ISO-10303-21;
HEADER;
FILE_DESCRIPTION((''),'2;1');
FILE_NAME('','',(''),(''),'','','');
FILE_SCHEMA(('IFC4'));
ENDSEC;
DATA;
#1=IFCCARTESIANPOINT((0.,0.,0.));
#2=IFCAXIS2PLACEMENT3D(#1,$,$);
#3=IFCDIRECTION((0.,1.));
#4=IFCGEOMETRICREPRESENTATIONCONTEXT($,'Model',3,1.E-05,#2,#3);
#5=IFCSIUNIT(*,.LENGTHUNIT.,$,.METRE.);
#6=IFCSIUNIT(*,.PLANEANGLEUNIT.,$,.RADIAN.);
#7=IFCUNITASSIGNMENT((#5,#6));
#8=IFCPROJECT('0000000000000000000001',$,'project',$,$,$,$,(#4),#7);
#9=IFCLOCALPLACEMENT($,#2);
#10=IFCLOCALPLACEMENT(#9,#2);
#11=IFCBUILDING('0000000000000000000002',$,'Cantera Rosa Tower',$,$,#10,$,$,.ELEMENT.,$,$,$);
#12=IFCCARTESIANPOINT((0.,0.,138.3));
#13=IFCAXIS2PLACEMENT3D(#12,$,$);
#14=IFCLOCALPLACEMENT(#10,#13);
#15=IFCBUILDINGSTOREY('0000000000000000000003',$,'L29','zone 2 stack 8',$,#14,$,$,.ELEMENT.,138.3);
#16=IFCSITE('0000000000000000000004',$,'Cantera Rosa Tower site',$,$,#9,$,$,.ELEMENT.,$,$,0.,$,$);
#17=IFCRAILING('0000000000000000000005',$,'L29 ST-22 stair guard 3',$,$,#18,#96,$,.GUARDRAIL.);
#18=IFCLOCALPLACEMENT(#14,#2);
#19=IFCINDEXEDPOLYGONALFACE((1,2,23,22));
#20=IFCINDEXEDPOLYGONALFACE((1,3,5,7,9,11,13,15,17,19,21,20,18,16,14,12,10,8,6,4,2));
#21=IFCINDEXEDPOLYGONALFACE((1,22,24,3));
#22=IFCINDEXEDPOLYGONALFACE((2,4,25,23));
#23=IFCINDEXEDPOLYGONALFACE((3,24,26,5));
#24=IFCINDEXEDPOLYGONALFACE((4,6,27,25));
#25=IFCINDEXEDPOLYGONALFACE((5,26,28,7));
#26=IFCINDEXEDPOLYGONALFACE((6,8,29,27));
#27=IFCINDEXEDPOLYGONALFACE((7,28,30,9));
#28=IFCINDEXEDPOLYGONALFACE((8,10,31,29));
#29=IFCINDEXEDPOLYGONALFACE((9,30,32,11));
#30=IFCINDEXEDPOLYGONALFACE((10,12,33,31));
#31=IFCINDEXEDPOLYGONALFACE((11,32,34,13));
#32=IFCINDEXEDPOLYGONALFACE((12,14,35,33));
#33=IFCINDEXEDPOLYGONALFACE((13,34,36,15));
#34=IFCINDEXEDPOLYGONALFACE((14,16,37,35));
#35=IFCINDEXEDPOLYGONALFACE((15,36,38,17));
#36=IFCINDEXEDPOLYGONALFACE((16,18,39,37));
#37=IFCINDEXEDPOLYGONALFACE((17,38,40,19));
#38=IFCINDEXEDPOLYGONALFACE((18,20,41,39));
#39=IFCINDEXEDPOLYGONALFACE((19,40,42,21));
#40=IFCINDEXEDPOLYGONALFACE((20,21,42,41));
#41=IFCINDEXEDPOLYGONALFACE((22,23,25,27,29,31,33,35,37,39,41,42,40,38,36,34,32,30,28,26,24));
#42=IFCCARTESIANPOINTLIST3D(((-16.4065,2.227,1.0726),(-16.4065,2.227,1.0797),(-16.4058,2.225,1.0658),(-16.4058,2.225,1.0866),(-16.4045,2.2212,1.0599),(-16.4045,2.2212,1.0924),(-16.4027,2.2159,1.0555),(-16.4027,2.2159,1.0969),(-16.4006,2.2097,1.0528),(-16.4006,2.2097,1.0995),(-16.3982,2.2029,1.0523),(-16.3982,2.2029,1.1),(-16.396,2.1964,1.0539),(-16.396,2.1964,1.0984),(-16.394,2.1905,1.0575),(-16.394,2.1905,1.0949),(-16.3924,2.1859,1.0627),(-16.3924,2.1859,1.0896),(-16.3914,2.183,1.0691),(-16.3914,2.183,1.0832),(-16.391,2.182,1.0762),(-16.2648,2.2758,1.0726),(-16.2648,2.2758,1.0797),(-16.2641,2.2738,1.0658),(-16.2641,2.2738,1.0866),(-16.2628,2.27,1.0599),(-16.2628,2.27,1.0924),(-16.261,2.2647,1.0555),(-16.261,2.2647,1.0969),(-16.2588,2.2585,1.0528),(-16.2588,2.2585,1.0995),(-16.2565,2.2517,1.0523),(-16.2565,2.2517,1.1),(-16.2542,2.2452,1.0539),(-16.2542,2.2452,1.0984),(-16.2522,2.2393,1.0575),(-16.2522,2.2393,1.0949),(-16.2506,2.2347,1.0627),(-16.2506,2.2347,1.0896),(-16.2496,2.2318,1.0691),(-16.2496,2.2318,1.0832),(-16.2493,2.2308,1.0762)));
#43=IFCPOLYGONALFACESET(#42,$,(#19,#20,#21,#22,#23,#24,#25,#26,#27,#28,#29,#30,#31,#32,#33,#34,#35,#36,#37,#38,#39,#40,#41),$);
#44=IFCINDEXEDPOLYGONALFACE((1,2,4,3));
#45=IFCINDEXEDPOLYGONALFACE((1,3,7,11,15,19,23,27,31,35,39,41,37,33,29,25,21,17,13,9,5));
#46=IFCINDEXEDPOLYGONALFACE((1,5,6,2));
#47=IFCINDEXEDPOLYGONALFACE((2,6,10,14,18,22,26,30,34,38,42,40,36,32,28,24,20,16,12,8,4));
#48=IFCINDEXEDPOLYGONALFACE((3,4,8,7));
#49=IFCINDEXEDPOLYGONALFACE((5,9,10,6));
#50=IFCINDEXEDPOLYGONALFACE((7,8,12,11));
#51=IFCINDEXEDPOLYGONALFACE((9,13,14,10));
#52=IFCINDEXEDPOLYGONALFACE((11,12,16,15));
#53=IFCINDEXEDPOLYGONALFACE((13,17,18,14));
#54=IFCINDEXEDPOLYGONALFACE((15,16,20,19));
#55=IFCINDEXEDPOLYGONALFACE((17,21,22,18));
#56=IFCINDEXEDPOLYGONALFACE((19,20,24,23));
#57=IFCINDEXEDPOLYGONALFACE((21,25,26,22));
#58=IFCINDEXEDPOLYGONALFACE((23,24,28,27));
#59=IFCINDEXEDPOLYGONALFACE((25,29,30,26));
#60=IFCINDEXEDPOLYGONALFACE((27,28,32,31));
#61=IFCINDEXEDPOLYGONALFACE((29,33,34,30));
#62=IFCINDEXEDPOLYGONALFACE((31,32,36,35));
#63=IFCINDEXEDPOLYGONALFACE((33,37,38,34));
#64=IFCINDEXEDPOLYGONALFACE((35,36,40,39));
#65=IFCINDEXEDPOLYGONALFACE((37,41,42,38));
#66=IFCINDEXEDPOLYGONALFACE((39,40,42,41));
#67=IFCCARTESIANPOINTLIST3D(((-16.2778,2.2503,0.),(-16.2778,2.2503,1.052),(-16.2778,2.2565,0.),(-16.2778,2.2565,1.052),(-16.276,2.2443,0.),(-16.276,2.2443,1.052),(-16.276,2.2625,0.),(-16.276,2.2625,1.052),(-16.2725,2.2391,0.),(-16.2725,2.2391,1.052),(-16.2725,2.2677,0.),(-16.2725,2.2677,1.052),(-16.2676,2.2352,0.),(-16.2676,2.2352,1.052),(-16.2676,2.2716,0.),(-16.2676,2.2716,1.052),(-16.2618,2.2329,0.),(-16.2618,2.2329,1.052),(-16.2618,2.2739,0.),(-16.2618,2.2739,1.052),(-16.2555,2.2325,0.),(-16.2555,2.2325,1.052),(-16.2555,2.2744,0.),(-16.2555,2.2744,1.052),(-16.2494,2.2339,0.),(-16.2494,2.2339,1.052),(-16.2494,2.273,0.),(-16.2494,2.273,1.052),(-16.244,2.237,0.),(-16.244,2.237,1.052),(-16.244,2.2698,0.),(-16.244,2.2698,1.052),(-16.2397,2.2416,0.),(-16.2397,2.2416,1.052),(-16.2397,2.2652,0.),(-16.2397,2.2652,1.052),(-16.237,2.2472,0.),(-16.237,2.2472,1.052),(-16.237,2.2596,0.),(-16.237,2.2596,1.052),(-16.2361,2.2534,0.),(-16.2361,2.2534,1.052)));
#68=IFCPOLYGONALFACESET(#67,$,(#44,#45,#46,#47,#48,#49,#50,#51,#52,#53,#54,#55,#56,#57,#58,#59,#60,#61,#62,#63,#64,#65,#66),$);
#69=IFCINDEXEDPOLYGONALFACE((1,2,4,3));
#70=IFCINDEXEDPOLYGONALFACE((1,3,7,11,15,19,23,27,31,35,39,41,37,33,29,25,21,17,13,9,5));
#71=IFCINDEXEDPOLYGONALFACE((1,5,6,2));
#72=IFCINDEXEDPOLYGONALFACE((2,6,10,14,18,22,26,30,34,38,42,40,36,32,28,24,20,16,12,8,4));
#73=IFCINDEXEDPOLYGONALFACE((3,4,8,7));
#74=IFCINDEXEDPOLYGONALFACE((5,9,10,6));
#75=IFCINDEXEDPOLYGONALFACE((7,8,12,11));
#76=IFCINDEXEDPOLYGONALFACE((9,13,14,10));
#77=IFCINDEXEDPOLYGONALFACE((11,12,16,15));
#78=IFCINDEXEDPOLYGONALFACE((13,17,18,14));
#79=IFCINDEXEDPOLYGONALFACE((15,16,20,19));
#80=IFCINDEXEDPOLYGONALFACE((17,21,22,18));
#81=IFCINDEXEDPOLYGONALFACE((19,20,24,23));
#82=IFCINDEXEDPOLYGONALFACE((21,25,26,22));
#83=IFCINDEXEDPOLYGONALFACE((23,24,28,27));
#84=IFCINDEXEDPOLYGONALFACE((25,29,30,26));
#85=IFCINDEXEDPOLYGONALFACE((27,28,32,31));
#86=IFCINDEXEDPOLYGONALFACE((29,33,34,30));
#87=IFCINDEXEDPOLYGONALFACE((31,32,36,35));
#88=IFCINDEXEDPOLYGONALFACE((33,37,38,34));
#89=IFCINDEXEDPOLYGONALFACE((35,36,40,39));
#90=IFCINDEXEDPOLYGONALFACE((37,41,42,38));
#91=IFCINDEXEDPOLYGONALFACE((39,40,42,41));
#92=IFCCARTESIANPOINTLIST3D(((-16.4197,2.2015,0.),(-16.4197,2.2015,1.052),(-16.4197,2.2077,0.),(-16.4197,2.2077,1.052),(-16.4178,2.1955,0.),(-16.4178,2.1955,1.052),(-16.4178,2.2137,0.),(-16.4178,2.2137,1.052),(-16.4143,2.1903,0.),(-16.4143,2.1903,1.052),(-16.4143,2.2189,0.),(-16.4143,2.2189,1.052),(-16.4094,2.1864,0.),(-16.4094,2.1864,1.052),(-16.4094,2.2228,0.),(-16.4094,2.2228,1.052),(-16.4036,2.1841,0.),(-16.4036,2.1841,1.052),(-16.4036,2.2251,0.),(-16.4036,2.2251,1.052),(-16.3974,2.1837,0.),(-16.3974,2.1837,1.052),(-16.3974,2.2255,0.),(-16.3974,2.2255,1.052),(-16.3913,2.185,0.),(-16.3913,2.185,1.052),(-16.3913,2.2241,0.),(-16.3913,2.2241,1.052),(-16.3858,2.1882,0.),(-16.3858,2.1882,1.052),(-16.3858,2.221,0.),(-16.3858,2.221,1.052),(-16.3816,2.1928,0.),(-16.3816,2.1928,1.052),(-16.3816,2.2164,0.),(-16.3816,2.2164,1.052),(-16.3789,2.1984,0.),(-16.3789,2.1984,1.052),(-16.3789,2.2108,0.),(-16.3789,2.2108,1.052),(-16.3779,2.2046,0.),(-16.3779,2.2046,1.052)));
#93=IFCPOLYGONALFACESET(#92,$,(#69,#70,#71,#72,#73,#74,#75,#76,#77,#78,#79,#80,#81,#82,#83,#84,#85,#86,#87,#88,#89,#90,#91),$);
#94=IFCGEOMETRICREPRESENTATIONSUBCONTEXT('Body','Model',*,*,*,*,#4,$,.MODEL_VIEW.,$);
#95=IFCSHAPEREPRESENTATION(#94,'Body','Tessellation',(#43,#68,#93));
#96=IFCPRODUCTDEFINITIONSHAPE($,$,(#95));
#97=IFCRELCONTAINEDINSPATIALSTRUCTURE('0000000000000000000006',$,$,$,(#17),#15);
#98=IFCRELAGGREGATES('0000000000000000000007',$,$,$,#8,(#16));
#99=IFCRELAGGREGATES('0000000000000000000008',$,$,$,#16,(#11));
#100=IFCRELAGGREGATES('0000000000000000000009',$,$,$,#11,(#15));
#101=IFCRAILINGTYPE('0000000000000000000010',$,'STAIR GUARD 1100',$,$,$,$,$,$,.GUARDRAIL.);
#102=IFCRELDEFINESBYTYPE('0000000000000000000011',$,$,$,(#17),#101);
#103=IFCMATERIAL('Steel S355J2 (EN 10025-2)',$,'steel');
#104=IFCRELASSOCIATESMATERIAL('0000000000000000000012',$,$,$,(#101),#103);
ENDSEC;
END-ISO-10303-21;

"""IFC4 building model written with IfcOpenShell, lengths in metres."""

from ifc_helpers import new_model, si_unit, direction, frame, origin, origin_2d, place, context, subcontext, project, spatial, circle, extrude, material, type_object, element, save


model = new_model("IFC4")

# Units and contexts
model_context = context("Model", 3, precision=1e-05, world=origin(), true_north=direction((0.0, 1.0)))
body_context = subcontext(model_context, "Body", "Model", "MODEL_VIEW")
ifc_project = project(units=[si_unit("LENGTHUNIT", "METRE"), si_unit("PLANEANGLEUNIT", "RADIAN")], contexts=[model_context])

# Site, building, storey
site_placement = place(None, origin())
site = spatial("IfcSite", under=ifc_project, at=site_placement, Name="Cantera Rosa Tower site", CompositionType="ELEMENT", RefElevation=0.0)
building_placement = place(site_placement, origin())
building = spatial("IfcBuilding", under=site, at=building_placement, Name="Cantera Rosa Tower", CompositionType="ELEMENT")
storey_placement = place(building_placement, frame((0.0, 0.0, 138.3)))
storey = spatial("IfcBuildingStorey", under=building, at=storey_placement, Name="L29", Description="zone 2 stack 8", CompositionType="ELEMENT", Elevation=138.3)

# Railing
ifc_material_1 = material(Name="Steel S355J2 (EN 10025-2)", Category="steel")
railing_type_1 = type_object("IfcRailingType", Name="STAIR GUARD 1100", PredefinedType="GUARDRAIL", material=ifc_material_1)
railing_1_placement = place(storey_placement, frame((-16.2571, 2.2534, 0.0)))
element("IfcRailing", 1, at=railing_1_placement, inside=storey, type_object=railing_type_1, Name="L29 ST-22 stair guard 3", PredefinedType="GUARDRAIL", context=body_context, shape_type="SweptSolid", body=[
    extrude(circle(Radius=0.0239, at=origin_2d()), frame((0.0, 0.0, 1.0762), z_axis=(-0.945546, -0.325489, 0.0), x_axis=(0.325489, -0.945546, 0.0)), (0.0, 0.0, 1.0), 0.1499),
    extrude(circle(Radius=0.021, at=origin_2d()), origin(), (0.0, 0.0, 1.0), 1.052),
    extrude(circle(Radius=0.021, at=origin_2d()), frame((-0.1418, -0.0488, 0.0)), (0.0, 0.0, 1.0), 1.052),
])

save(model, "model.ifc")
